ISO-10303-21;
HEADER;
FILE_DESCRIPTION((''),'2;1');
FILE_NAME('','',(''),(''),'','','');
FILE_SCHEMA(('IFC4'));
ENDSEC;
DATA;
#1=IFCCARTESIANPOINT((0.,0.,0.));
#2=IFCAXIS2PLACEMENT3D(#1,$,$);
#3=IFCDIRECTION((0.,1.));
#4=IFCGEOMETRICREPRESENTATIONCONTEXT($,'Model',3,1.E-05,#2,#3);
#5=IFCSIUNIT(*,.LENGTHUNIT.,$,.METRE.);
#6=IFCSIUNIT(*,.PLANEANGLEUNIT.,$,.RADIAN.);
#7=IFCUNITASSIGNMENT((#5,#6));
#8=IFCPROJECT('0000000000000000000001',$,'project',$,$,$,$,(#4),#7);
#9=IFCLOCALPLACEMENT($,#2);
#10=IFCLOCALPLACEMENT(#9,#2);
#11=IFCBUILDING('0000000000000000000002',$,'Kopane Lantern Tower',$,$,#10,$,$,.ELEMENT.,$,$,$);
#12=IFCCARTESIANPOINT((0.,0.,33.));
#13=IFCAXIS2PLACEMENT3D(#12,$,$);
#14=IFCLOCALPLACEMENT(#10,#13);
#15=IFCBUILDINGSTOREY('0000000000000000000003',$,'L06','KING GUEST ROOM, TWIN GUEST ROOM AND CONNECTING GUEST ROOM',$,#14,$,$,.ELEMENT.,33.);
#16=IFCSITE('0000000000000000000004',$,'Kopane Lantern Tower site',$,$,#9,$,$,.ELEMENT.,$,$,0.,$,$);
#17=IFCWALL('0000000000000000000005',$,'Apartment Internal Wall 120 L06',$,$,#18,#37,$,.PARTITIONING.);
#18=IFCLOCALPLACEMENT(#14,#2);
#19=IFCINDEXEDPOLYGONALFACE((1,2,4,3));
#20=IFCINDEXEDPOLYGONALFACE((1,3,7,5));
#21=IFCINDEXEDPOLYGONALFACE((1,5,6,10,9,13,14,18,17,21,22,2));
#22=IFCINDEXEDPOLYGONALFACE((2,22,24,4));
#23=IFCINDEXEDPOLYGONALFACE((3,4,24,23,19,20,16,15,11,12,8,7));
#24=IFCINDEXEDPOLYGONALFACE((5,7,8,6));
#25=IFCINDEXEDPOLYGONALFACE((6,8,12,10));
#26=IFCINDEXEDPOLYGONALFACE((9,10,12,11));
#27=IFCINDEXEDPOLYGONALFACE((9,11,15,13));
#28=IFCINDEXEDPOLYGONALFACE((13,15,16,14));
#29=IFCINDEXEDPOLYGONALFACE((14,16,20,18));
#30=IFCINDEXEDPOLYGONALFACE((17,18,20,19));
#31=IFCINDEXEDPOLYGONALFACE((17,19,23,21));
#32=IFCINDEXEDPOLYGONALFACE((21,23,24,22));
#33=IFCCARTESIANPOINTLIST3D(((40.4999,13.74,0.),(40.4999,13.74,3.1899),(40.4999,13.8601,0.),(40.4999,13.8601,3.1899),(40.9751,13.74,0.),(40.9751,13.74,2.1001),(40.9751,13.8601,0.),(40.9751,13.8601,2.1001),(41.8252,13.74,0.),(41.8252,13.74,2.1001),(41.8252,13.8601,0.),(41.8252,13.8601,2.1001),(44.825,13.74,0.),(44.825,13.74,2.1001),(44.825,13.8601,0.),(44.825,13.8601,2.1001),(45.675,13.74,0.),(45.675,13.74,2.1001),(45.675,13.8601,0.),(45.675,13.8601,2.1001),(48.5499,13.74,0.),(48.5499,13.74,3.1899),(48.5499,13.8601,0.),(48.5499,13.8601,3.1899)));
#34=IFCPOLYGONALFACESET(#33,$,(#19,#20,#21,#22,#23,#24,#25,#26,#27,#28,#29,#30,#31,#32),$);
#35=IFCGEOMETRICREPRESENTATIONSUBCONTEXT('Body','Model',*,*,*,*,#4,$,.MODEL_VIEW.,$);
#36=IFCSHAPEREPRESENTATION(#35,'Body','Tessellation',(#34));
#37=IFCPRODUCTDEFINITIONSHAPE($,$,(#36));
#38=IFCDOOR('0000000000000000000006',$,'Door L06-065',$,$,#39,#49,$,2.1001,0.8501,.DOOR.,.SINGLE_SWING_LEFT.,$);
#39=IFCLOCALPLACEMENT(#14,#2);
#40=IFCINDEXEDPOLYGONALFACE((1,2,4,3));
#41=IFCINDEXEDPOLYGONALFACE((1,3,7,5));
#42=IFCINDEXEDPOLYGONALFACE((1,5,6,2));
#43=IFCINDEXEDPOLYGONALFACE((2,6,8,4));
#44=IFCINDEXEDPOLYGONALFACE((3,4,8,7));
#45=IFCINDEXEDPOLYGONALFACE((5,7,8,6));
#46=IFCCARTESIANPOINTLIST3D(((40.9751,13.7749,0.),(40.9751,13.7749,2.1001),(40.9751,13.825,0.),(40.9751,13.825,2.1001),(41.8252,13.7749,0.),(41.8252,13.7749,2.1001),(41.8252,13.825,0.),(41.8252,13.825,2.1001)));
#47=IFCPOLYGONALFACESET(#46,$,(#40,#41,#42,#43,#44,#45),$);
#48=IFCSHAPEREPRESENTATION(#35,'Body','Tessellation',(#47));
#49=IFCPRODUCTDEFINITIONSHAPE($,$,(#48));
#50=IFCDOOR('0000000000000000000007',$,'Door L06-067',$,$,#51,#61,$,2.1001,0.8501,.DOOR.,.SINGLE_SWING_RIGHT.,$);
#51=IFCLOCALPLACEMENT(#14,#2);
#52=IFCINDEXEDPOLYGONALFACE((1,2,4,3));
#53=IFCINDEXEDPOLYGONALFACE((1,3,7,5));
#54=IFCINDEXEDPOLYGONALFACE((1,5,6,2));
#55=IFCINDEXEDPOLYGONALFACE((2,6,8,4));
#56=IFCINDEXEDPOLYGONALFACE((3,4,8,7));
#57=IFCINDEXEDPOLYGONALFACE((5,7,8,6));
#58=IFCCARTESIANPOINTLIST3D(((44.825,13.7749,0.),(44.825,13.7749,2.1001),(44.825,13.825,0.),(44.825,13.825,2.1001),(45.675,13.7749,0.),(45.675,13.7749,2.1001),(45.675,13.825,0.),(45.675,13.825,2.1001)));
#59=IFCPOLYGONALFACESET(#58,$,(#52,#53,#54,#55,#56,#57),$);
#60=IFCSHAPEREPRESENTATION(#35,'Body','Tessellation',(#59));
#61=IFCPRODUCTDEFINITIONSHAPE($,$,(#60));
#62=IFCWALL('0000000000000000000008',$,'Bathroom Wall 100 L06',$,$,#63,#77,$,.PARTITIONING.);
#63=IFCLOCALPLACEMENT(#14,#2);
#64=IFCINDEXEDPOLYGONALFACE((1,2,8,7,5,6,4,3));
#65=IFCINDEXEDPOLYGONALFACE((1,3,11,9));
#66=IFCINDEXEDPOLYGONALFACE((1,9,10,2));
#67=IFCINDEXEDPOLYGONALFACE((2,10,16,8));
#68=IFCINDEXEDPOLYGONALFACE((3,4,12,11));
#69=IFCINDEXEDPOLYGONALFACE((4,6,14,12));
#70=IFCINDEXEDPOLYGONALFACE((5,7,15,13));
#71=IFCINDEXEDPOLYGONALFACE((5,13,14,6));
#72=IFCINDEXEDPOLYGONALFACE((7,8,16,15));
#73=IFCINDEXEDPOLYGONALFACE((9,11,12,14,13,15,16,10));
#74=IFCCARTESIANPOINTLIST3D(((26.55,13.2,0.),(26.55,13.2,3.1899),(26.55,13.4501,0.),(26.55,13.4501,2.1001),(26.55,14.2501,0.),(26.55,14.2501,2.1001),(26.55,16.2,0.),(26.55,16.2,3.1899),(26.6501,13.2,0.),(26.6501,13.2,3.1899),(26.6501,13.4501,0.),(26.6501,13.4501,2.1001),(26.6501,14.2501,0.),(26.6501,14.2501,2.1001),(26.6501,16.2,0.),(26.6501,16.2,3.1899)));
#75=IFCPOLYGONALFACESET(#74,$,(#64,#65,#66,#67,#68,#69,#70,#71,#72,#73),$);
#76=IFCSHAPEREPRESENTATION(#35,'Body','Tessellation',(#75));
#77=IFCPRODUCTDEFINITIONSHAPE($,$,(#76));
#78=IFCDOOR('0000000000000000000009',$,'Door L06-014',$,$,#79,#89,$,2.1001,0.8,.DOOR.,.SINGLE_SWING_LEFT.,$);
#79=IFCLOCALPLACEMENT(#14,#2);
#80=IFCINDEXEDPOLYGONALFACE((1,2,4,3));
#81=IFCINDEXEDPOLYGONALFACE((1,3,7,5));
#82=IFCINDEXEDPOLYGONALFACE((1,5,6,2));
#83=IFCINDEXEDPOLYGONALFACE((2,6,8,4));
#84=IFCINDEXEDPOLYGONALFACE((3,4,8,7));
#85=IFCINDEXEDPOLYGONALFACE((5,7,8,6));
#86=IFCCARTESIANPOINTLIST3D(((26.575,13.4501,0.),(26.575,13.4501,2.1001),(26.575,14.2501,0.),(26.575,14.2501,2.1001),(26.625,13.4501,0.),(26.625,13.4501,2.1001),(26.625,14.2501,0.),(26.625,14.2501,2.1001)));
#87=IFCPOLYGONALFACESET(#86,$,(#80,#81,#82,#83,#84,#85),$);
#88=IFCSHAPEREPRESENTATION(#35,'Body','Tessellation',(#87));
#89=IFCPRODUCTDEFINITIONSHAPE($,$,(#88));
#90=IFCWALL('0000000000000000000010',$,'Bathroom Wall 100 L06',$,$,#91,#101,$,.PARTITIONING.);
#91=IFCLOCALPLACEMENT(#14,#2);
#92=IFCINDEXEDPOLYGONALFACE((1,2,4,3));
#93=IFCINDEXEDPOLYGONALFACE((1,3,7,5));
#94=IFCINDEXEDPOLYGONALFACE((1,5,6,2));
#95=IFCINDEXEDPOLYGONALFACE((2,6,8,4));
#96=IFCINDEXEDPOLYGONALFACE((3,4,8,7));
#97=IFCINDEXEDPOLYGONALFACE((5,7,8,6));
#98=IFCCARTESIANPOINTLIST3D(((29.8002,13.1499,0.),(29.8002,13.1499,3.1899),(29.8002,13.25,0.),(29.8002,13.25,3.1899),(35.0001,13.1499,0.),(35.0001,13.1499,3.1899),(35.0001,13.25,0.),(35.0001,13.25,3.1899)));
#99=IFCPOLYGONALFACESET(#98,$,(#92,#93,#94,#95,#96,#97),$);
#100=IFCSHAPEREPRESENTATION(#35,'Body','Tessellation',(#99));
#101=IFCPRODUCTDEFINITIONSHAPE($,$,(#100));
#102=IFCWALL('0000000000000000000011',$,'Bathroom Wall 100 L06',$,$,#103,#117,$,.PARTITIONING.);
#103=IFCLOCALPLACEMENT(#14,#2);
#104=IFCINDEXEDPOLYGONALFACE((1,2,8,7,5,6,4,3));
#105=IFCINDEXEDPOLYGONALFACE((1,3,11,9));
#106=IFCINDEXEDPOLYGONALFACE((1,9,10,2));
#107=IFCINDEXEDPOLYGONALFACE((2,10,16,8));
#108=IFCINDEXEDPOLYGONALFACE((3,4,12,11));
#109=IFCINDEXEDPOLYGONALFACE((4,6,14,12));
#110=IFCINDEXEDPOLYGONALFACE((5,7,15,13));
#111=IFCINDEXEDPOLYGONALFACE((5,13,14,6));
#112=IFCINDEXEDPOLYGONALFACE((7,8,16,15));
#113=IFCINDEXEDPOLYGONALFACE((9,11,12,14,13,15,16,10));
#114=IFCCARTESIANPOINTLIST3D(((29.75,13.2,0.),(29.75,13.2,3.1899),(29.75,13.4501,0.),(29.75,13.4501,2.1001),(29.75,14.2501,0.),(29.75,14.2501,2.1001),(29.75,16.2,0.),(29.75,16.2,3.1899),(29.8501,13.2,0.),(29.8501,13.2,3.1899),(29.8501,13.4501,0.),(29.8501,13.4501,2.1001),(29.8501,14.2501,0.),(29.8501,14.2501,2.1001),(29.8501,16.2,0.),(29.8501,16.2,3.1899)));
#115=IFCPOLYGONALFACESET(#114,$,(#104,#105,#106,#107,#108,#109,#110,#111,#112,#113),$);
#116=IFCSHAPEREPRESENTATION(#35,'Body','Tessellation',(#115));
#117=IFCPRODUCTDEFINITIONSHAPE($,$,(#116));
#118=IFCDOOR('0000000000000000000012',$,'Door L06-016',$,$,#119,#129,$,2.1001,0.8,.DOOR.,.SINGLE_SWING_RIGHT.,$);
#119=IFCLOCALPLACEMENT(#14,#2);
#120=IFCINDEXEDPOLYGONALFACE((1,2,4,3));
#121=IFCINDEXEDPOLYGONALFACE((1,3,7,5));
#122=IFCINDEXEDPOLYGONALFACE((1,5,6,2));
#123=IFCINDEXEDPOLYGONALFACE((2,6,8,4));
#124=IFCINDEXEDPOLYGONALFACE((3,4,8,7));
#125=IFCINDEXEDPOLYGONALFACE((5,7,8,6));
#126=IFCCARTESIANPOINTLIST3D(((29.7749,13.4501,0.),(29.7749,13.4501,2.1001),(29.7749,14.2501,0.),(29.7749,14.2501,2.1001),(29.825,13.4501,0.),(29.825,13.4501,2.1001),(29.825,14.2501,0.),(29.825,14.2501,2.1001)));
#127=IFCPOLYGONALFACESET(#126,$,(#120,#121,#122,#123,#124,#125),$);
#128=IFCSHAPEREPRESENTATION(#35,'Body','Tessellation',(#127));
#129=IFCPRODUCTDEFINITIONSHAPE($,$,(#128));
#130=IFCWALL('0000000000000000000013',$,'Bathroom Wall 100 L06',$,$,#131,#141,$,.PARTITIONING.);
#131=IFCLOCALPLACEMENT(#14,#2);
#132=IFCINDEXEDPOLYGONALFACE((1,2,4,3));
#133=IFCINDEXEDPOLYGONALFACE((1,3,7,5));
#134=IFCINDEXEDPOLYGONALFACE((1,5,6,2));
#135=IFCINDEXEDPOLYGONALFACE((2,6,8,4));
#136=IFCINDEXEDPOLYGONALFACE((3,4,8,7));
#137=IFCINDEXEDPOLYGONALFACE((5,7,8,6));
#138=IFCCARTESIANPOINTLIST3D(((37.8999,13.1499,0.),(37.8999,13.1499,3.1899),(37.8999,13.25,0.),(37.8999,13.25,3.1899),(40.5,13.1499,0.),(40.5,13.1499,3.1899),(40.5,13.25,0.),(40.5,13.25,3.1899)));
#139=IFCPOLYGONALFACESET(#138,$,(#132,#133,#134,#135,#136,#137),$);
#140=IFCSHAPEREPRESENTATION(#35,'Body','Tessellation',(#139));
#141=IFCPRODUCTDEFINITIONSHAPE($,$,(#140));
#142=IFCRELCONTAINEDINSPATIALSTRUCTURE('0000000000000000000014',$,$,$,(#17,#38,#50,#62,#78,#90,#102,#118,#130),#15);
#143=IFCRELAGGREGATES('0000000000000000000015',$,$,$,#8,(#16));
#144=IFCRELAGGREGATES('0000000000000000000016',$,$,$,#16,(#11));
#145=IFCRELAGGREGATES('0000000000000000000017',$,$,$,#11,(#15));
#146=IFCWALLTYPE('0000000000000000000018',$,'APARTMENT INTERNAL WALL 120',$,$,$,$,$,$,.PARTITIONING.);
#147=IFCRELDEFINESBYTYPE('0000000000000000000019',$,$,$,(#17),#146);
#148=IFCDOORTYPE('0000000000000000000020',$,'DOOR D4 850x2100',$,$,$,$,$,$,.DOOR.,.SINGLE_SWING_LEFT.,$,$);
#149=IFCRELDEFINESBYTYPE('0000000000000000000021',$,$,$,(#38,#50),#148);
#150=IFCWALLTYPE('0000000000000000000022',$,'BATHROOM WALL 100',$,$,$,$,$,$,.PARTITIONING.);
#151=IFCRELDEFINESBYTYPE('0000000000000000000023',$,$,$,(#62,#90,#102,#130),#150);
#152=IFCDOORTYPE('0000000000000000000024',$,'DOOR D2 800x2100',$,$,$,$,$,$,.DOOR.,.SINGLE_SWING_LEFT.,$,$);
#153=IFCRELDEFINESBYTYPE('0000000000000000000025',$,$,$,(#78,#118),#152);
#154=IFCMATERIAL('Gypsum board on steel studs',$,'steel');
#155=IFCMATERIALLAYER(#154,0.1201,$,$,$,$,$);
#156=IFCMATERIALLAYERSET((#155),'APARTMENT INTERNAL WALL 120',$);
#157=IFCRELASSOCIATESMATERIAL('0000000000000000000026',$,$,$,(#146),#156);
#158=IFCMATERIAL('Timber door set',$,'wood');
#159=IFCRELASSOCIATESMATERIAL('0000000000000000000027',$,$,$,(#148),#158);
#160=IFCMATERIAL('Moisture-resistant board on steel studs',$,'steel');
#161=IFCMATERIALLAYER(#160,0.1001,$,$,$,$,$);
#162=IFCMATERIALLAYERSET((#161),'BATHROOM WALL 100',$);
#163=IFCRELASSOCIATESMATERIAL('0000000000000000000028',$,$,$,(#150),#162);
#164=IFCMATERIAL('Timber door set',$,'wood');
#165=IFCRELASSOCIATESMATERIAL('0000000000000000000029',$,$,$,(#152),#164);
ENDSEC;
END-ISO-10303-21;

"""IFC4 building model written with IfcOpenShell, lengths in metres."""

from ifc_helpers import new_model, si_unit, direction, frame, frame_2d, origin, place, context, subcontext, project, spatial, rectangle, extrude, material, layer, layer_set, type_object, element, fill, save


model = new_model("IFC4")

# Units and contexts
model_context = context("Model", 3, precision=1e-05, world=origin(), true_north=direction((0.0, 1.0)))
body_context = subcontext(model_context, "Body", "Model", "MODEL_VIEW")
ifc_project = project(units=[si_unit("LENGTHUNIT", "METRE"), si_unit("PLANEANGLEUNIT", "RADIAN")], contexts=[model_context])

# Site, building, storey
site_placement = place(None, origin())
site = spatial("IfcSite", under=ifc_project, at=site_placement, Name="Kopane Lantern Tower site", CompositionType="ELEMENT", RefElevation=0.0)
building_placement = place(site_placement, origin())
building = spatial("IfcBuilding", under=site, at=building_placement, Name="Kopane Lantern Tower", CompositionType="ELEMENT")
storey_placement = place(building_placement, frame((0.0, 0.0, 33.0)))
storey = spatial("IfcBuildingStorey", under=building, at=storey_placement, Name="L06", Description="KING GUEST ROOM, TWIN GUEST ROOM AND CONNECTING GUEST ROOM", CompositionType="ELEMENT", Elevation=33.0)

# Wall, openings, doors
ifc_material_1 = material(Name="Gypsum board on steel studs", Category="steel")
ifc_layer_1 = layer(ifc_material_1, 0.1201)
ifc_layer_set_1 = layer_set([ifc_layer_1], Name="APARTMENT INTERNAL WALL 120")
wall_type_1 = type_object("IfcWallType", Name="APARTMENT INTERNAL WALL 120", PredefinedType="PARTITIONING", material=ifc_layer_set_1)
wall_1_placement = place(storey_placement, frame((40.5, 13.8, 0.0), z_axis=(0.0, 0.0, 1.0), x_axis=(1.0, 0.0, 0.0)))
wall_1 = element("IfcWall", 1, at=wall_1_placement, inside=storey, type_object=wall_type_1, Name="Apartment Internal Wall 120 L06", PredefinedType="PARTITIONING", context=body_context, shape_type="SweptSolid", body=[
    extrude(rectangle(XDim=8.05, YDim=0.1201, at=frame_2d((4.0249, 0.0))), origin(), (0.0, 0.0, 1.0), 3.1899),
])
opening_1_placement = place(wall_1_placement, frame((0.4751, 0.0, 0.0)))
opening_1 = element("IfcOpeningElement", 2, at=opening_1_placement, cuts=wall_1, PredefinedType="OPENING", context=body_context, shape_type="SweptSolid", body=[
    extrude(rectangle(XDim=0.8501, YDim=2.1001, at=frame_2d((0.425, 1.05))), frame((0.0, 0.0701, 0.0), z_axis=(0.0, -1.0, 0.0), x_axis=(1.0, 0.0, 0.0)), (0.0, 0.0, 1.0), 0.1401),
])
opening_2_placement = place(wall_1_placement, frame((4.325, 0.0, 0.0)))
opening_2 = element("IfcOpeningElement", 3, at=opening_2_placement, cuts=wall_1, PredefinedType="OPENING", context=body_context, shape_type="SweptSolid", body=[
    extrude(rectangle(XDim=0.8501, YDim=2.1001, at=frame_2d((0.425, 1.05))), frame((0.0, 0.0701, 0.0), z_axis=(0.0, -1.0, 0.0), x_axis=(1.0, 0.0, 0.0)), (0.0, 0.0, 1.0), 0.1401),
])
ifc_material_2 = material(Name="Timber door set", Category="wood")
door_type_1 = type_object("IfcDoorType", Name="DOOR D4 850x2100", OperationType="SINGLE_SWING_LEFT", PredefinedType="DOOR", material=ifc_material_2)
door_1_placement = place(opening_1_placement, origin())
door_1 = element("IfcDoor", 4, at=door_1_placement, inside=storey, type_object=door_type_1, Name="Door L06-065", OperationType="SINGLE_SWING_LEFT", OverallHeight=2.1001, OverallWidth=0.8501, PredefinedType="DOOR", context=body_context, shape_type="SweptSolid", body=[
    extrude(rectangle(XDim=0.8501, YDim=2.1001, at=frame_2d((0.425, 1.05))), frame((0.0, 0.0249, 0.0), z_axis=(0.0, -1.0, 0.0), x_axis=(1.0, 0.0, 0.0)), (0.0, 0.0, 1.0), 0.05),
])
fill(opening_1, door_1)
door_2_placement = place(opening_2_placement, origin())
door_2 = element("IfcDoor", 5, at=door_2_placement, inside=storey, type_object=door_type_1, Name="Door L06-067", OperationType="SINGLE_SWING_RIGHT", OverallHeight=2.1001, OverallWidth=0.8501, PredefinedType="DOOR", context=body_context, shape_type="SweptSolid", body=[
    extrude(rectangle(XDim=0.8501, YDim=2.1001, at=frame_2d((0.425, 1.05))), frame((0.0, 0.0249, 0.0), z_axis=(0.0, -1.0, 0.0), x_axis=(1.0, 0.0, 0.0)), (0.0, 0.0, 1.0), 0.05),
])
fill(opening_2, door_2)

# Wall, opening, door
ifc_material_3 = material(Name="Moisture-resistant board on steel studs", Category="steel")
ifc_layer_2 = layer(ifc_material_3, 0.1001)
ifc_layer_set_2 = layer_set([ifc_layer_2], Name="BATHROOM WALL 100")
wall_type_2 = type_object("IfcWallType", Name="BATHROOM WALL 100", PredefinedType="PARTITIONING", material=ifc_layer_set_2)
wall_2_placement = place(storey_placement, frame((26.6001, 16.2, 0.0), z_axis=(0.0, 0.0, 1.0), x_axis=(0.0, -1.0, 0.0)))
wall_2 = element("IfcWall", 6, at=wall_2_placement, inside=storey, type_object=wall_type_2, Name="Bathroom Wall 100 L06", PredefinedType="PARTITIONING", context=body_context, shape_type="SweptSolid", body=[
    extrude(rectangle(XDim=3.0, YDim=0.1001, at=frame_2d((1.5, 0.0))), origin(), (0.0, 0.0, 1.0), 3.1899),
])
opening_3_placement = place(wall_2_placement, frame((1.95, 0.0, 0.0)))
opening_3 = element("IfcOpeningElement", 7, at=opening_3_placement, cuts=wall_2, PredefinedType="OPENING", context=body_context, shape_type="SweptSolid", body=[
    extrude(rectangle(XDim=0.8, YDim=2.1001, at=frame_2d((0.3999, 1.05))), frame((0.0, 0.0601, 0.0), z_axis=(0.0, -1.0, 0.0), x_axis=(1.0, 0.0, 0.0)), (0.0, 0.0, 1.0), 0.1201),
])
ifc_material_4 = material(Name="Timber door set", Category="wood")
door_type_2 = type_object("IfcDoorType", Name="DOOR D2 800x2100", OperationType="SINGLE_SWING_LEFT", PredefinedType="DOOR", material=ifc_material_4)
door_3_placement = place(opening_3_placement, origin())
door_3 = element("IfcDoor", 8, at=door_3_placement, inside=storey, type_object=door_type_2, Name="Door L06-014", OperationType="SINGLE_SWING_LEFT", OverallHeight=2.1001, OverallWidth=0.8, PredefinedType="DOOR", context=body_context, shape_type="SweptSolid", body=[
    extrude(rectangle(XDim=0.8, YDim=2.1001, at=frame_2d((0.3999, 1.05))), frame((0.0, 0.0249, 0.0), z_axis=(0.0, -1.0, 0.0), x_axis=(1.0, 0.0, 0.0)), (0.0, 0.0, 1.0), 0.05),
])
fill(opening_3, door_3)

# Wall
wall_3_placement = place(storey_placement, frame((29.8, 13.2, 0.0), z_axis=(0.0, 0.0, 1.0), x_axis=(1.0, 0.0, 0.0)))
element("IfcWall", 9, at=wall_3_placement, inside=storey, type_object=wall_type_2, Name="Bathroom Wall 100 L06", PredefinedType="PARTITIONING", context=body_context, shape_type="SweptSolid", body=[
    extrude(rectangle(XDim=5.2, YDim=0.1001, at=frame_2d((2.6001, 0.0))), origin(), (0.0, 0.0, 1.0), 3.1899),
])

# Wall, opening, door
wall_4_placement = place(storey_placement, frame((29.8, 16.2, 0.0), z_axis=(0.0, 0.0, 1.0), x_axis=(0.0, -1.0, 0.0)))
wall_4 = element("IfcWall", 10, at=wall_4_placement, inside=storey, type_object=wall_type_2, Name="Bathroom Wall 100 L06", PredefinedType="PARTITIONING", context=body_context, shape_type="SweptSolid", body=[
    extrude(rectangle(XDim=3.0, YDim=0.1001, at=frame_2d((1.5, 0.0))), origin(), (0.0, 0.0, 1.0), 3.1899),
])
opening_4_placement = place(wall_4_placement, frame((1.95, 0.0, 0.0)))
opening_4 = element("IfcOpeningElement", 11, at=opening_4_placement, cuts=wall_4, PredefinedType="OPENING", context=body_context, shape_type="SweptSolid", body=[
    extrude(rectangle(XDim=0.8, YDim=2.1001, at=frame_2d((0.3999, 1.05))), frame((0.0, 0.0601, 0.0), z_axis=(0.0, -1.0, 0.0), x_axis=(1.0, 0.0, 0.0)), (0.0, 0.0, 1.0), 0.1201),
])
door_4_placement = place(opening_4_placement, origin())
door_4 = element("IfcDoor", 12, at=door_4_placement, inside=storey, type_object=door_type_2, Name="Door L06-016", OperationType="SINGLE_SWING_RIGHT", OverallHeight=2.1001, OverallWidth=0.8, PredefinedType="DOOR", context=body_context, shape_type="SweptSolid", body=[
    extrude(rectangle(XDim=0.8, YDim=2.1001, at=frame_2d((0.3999, 1.05))), frame((0.0, 0.0249, 0.0), z_axis=(0.0, -1.0, 0.0), x_axis=(1.0, 0.0, 0.0)), (0.0, 0.0, 1.0), 0.05),
])
fill(opening_4, door_4)

# Wall
wall_5_placement = place(storey_placement, frame((37.8999, 13.2, 0.0), z_axis=(0.0, 0.0, 1.0), x_axis=(1.0, 0.0, 0.0)))
element("IfcWall", 13, at=wall_5_placement, inside=storey, type_object=wall_type_2, Name="Bathroom Wall 100 L06", PredefinedType="PARTITIONING", context=body_context, shape_type="SweptSolid", body=[
    extrude(rectangle(XDim=2.6001, YDim=0.1001, at=frame_2d((1.3, 0.0))), origin(), (0.0, 0.0, 1.0), 3.1899),
])

save(model, "model.ifc")
